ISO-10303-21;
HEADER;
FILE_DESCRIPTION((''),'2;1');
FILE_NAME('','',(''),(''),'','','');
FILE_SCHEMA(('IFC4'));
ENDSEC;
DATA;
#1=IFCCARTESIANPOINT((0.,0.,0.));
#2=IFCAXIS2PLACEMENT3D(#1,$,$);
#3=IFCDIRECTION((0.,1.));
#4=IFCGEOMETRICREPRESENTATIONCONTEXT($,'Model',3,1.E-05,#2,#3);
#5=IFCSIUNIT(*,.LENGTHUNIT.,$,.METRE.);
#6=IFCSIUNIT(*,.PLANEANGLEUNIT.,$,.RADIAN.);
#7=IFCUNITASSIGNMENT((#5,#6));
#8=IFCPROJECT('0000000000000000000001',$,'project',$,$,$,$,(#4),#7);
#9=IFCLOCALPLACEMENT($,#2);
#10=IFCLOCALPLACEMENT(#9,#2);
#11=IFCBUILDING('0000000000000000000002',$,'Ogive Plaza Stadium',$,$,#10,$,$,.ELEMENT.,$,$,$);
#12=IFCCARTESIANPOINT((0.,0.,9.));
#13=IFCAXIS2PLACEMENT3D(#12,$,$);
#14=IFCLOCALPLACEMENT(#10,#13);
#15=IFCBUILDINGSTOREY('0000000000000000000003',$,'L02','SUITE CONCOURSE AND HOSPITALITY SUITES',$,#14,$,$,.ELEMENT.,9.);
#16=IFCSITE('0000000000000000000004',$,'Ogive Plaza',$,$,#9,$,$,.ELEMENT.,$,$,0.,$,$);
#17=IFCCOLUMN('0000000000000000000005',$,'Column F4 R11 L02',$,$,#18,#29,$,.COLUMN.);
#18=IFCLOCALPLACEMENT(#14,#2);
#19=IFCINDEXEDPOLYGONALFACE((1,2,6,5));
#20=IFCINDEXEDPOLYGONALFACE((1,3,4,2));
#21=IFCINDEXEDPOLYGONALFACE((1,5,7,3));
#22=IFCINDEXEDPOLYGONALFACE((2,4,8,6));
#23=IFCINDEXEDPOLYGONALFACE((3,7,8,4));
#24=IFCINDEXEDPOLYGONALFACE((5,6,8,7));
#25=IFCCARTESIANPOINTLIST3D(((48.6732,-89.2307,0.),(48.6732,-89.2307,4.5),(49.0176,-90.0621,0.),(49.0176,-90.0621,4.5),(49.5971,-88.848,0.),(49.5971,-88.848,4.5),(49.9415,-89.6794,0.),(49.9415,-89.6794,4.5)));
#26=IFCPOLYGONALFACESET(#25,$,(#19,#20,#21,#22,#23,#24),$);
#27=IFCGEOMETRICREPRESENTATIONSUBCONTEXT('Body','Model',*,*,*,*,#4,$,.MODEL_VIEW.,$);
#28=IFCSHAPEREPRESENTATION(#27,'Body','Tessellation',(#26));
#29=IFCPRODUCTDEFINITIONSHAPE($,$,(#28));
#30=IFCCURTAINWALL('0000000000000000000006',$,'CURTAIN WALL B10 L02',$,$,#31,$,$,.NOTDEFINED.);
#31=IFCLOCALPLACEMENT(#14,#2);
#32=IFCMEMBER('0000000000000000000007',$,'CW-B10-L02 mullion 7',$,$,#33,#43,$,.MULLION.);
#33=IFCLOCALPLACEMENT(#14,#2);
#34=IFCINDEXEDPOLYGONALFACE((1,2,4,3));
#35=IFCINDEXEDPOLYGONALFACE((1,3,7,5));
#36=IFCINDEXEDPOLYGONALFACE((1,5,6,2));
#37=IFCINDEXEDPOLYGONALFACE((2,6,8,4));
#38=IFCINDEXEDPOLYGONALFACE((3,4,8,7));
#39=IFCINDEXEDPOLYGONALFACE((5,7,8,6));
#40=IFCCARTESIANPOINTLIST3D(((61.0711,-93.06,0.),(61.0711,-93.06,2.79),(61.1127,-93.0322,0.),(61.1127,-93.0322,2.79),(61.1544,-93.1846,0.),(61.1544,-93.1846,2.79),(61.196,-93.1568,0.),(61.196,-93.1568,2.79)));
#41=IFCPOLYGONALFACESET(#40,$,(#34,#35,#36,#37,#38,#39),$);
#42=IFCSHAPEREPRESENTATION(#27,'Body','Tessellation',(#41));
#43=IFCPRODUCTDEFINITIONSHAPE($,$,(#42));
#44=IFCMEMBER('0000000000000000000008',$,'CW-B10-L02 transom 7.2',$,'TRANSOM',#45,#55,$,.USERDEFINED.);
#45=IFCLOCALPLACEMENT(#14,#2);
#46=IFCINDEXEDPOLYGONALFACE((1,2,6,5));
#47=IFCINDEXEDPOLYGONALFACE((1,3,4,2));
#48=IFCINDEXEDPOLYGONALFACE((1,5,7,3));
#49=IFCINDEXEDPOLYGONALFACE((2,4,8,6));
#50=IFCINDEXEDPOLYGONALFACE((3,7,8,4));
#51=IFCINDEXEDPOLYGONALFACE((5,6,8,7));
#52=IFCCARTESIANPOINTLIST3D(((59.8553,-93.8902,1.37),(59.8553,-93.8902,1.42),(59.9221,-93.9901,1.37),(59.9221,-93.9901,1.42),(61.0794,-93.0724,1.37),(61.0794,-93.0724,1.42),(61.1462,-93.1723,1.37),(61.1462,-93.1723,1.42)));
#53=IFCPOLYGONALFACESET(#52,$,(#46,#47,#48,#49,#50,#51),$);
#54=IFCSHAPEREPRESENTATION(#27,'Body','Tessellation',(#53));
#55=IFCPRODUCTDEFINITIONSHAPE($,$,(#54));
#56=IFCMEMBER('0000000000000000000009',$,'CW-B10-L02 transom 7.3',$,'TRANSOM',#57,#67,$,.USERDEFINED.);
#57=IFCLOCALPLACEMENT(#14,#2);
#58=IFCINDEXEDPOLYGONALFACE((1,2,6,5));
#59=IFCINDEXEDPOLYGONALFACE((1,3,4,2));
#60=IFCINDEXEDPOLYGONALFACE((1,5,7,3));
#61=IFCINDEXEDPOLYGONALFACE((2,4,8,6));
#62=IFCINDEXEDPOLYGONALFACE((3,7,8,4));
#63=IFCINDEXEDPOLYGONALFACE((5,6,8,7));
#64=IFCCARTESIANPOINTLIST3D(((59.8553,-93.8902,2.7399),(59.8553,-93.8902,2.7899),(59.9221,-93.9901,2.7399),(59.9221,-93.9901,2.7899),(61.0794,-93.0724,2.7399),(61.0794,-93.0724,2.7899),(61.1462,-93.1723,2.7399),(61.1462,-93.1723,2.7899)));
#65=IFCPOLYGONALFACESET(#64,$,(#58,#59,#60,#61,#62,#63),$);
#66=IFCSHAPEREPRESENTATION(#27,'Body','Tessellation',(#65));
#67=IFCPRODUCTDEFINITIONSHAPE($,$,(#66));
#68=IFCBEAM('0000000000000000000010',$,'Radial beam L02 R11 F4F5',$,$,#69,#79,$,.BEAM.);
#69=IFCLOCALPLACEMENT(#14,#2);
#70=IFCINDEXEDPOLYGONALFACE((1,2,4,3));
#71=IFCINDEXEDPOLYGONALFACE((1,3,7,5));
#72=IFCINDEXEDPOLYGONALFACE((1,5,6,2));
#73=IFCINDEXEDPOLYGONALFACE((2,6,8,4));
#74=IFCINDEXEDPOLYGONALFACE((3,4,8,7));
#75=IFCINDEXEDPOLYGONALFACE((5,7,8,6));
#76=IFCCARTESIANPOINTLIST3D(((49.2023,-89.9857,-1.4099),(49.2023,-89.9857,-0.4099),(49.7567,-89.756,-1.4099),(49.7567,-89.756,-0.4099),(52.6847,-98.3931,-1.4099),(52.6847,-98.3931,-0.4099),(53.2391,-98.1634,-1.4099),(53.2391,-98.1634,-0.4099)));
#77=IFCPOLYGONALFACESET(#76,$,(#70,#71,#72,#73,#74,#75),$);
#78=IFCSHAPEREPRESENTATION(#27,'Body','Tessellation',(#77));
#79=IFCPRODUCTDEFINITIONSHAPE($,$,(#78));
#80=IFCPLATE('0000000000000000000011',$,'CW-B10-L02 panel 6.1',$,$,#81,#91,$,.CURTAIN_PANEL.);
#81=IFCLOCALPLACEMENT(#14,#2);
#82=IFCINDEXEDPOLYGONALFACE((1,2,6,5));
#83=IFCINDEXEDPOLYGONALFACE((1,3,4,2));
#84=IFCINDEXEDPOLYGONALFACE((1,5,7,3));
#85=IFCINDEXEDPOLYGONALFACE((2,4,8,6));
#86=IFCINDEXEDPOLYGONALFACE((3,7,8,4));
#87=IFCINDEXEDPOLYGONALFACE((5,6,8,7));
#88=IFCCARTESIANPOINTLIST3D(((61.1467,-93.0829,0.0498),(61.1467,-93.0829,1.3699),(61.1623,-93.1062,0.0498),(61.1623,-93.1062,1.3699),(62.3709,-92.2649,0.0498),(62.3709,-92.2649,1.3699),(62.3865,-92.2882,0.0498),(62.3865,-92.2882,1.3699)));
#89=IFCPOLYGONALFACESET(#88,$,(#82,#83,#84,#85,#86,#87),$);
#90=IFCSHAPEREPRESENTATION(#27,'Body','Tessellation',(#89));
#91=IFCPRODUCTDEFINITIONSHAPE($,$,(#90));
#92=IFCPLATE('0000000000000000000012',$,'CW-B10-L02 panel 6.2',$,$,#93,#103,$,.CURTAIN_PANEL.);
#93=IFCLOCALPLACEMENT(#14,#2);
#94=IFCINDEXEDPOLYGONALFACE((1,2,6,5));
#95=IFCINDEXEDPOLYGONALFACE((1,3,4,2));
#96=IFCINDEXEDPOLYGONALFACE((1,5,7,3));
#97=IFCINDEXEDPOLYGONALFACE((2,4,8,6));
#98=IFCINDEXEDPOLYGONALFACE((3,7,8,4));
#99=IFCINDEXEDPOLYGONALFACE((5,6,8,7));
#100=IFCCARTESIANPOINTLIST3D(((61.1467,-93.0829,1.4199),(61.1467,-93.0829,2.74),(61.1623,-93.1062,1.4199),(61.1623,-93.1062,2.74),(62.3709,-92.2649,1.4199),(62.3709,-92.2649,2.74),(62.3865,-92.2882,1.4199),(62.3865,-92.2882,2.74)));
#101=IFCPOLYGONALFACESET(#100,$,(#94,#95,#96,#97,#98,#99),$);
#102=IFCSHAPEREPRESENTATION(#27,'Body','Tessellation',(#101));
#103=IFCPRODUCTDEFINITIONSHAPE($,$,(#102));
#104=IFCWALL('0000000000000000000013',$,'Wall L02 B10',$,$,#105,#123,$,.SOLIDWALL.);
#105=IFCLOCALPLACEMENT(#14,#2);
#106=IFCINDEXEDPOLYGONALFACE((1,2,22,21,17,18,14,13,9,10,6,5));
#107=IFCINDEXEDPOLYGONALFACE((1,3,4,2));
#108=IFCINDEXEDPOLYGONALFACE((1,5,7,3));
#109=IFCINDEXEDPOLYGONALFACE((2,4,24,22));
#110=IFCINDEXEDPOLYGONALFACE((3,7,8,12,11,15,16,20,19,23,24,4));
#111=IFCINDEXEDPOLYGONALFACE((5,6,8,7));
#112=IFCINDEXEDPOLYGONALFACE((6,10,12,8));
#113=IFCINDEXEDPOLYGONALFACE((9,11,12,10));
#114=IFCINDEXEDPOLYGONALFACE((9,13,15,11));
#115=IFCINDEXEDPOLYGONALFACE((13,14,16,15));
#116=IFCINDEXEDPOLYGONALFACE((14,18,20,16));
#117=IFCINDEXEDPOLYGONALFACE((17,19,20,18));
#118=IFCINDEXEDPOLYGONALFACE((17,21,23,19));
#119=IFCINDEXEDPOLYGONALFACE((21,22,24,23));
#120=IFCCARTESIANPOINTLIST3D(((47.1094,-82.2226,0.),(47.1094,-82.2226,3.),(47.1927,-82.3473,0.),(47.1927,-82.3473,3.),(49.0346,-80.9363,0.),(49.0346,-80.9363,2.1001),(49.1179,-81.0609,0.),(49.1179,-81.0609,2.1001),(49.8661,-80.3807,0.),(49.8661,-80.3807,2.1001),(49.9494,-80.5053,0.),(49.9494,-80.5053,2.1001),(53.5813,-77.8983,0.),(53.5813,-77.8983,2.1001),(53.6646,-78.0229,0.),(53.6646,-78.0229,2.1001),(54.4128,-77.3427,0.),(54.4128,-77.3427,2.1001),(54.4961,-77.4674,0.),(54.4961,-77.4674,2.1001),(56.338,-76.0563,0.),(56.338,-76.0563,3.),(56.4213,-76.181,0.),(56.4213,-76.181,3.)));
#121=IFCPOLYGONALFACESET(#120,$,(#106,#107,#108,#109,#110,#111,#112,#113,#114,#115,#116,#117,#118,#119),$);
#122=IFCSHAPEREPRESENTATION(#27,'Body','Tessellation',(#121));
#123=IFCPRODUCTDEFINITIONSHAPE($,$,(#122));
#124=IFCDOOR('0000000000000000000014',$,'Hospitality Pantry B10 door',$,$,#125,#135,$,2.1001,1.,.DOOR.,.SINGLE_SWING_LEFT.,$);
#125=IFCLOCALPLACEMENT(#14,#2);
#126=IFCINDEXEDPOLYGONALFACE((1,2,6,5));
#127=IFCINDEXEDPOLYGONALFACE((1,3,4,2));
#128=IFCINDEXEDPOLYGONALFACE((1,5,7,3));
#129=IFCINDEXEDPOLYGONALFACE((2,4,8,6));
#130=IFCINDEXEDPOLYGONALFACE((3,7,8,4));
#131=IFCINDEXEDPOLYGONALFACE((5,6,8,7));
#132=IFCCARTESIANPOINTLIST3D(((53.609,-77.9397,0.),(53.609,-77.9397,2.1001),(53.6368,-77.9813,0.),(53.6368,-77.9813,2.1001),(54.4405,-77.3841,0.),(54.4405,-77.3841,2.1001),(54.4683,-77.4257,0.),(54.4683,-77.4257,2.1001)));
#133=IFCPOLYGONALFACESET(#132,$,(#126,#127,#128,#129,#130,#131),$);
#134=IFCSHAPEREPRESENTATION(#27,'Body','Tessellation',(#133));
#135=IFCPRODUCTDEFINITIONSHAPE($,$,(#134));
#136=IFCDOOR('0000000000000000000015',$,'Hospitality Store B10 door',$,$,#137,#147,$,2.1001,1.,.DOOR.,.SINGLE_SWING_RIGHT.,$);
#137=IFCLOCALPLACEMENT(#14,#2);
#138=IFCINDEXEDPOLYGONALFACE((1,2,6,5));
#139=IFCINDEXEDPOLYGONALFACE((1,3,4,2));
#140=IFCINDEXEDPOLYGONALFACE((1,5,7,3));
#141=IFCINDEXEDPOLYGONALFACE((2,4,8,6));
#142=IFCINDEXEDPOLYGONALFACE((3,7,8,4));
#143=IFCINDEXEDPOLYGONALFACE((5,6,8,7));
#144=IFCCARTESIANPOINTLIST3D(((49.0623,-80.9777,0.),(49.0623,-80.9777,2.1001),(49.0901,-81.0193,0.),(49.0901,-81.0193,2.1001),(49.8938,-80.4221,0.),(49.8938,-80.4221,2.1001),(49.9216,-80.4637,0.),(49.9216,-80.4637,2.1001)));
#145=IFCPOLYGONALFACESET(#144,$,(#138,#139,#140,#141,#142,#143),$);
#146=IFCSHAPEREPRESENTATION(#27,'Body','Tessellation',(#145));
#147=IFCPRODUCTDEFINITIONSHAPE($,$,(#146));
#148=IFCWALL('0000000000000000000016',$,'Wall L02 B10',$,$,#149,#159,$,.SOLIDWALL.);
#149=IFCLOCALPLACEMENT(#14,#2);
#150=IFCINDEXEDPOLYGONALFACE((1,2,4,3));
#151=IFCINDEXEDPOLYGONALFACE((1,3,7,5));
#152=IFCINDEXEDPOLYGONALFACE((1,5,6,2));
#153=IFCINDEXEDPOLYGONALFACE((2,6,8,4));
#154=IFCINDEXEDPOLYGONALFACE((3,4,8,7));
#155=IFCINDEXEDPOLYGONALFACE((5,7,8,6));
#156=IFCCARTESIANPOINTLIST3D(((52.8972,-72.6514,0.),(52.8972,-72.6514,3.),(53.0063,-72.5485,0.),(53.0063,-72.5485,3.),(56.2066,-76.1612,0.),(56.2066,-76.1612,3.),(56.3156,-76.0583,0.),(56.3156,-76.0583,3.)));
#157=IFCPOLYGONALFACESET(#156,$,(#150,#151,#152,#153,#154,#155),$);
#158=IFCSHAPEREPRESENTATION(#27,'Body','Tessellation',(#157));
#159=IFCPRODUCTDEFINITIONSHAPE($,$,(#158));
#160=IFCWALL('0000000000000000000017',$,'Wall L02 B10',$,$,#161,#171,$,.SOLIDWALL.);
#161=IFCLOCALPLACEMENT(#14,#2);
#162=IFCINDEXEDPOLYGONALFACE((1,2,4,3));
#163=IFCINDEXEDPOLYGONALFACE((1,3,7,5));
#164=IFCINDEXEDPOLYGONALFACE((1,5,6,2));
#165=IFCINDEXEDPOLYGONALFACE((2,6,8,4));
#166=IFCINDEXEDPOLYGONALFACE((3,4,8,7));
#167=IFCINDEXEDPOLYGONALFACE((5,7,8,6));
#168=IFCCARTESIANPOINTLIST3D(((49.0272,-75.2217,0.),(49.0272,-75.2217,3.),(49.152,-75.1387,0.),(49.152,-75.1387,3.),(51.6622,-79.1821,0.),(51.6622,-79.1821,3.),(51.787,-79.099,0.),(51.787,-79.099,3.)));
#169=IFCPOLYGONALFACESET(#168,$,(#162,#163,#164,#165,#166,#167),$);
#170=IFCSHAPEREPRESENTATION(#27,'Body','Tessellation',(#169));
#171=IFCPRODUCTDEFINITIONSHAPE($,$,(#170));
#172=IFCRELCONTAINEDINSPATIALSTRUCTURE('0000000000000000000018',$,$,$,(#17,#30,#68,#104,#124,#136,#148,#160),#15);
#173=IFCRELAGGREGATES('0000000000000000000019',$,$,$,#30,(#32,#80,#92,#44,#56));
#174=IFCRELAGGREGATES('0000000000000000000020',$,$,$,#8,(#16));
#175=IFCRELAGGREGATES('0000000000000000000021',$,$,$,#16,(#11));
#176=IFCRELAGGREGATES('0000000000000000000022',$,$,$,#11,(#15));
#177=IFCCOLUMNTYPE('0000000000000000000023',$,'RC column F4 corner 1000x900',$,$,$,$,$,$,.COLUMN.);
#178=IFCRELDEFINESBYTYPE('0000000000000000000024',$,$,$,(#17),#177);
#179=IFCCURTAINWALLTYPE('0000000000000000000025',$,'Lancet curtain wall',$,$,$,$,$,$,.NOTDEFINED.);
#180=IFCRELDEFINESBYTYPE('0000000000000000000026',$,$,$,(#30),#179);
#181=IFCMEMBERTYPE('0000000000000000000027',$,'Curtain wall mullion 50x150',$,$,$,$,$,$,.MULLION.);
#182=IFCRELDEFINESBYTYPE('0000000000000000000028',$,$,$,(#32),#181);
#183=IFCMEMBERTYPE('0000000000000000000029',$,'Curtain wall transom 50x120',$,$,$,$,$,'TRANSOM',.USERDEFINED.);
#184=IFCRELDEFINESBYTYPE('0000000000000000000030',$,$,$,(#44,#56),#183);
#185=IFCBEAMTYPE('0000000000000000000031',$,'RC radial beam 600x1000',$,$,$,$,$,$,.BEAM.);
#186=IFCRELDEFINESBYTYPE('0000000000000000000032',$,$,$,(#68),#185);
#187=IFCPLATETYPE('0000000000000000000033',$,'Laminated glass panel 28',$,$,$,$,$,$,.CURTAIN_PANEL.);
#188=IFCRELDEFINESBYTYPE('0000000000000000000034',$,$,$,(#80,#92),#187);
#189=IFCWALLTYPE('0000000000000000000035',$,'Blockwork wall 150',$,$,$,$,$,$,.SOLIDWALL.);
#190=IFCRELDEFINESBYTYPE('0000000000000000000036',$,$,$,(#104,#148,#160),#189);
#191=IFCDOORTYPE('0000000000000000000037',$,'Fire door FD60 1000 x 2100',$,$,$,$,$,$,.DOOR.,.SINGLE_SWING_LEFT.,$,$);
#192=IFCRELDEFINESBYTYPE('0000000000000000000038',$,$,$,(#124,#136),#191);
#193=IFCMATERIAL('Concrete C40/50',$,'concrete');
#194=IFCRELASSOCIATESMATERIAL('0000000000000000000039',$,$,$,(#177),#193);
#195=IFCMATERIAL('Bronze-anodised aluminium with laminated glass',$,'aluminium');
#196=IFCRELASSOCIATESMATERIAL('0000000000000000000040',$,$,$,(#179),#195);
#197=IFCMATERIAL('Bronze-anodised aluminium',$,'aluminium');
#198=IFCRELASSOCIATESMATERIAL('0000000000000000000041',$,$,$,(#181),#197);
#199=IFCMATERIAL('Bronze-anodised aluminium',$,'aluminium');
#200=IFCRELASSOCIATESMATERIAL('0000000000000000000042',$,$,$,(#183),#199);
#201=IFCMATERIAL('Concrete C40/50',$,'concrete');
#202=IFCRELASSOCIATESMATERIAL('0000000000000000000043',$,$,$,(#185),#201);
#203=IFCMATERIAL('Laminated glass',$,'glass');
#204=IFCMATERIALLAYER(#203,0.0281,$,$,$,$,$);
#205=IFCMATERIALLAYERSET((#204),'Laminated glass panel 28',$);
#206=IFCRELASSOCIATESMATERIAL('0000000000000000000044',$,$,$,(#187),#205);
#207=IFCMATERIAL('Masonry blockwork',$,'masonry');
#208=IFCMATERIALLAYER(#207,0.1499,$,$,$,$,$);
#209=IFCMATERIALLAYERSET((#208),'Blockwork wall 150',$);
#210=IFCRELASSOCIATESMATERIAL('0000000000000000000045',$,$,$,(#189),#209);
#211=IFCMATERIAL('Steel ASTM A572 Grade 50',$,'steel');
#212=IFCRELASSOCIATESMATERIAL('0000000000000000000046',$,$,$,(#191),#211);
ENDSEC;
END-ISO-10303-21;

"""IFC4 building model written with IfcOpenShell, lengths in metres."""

from ifc_helpers import new_model, si_unit, direction, frame, frame_2d, origin, origin_2d, place, context, subcontext, project, spatial, rectangle, extrude, material, layer, layer_set, material_profile, profile_set, type_object, element, fill, aggregate, save


model = new_model("IFC4")

# Units and contexts
model_context = context("Model", 3, precision=1e-05, world=origin(), true_north=direction((0.0, 1.0)))
body_context = subcontext(model_context, "Body", "Model", "MODEL_VIEW")
ifc_project = project(units=[si_unit("LENGTHUNIT", "METRE"), si_unit("PLANEANGLEUNIT", "RADIAN")], contexts=[model_context])

# Site, building, storey
site_placement = place(None, origin())
site = spatial("IfcSite", under=ifc_project, at=site_placement, Name="Ogive Plaza", CompositionType="ELEMENT", RefElevation=0.0)
building_placement = place(site_placement, origin())
building = spatial("IfcBuilding", under=site, at=building_placement, Name="Ogive Plaza Stadium", CompositionType="ELEMENT")
storey_placement = place(building_placement, frame((0.0, 0.0, 9.0)))
storey = spatial("IfcBuildingStorey", under=building, at=storey_placement, Name="L02", Description="SUITE CONCOURSE AND HOSPITALITY SUITES", CompositionType="ELEMENT", Elevation=9.0)

# Column
ifc_material_1 = material(Name="Concrete C40/50", Category="concrete")
ifc_material_profile_1 = material_profile(ifc_material_1, rectangle(XDim=1.0, YDim=0.8999, at=origin_2d()), Name="RC 1000x900")
ifc_profile_set_1 = profile_set([ifc_material_profile_1], Name="Concrete C40/50")
column_type = type_object("IfcColumnType", Name="RC column F4 corner 1000x900", PredefinedType="COLUMN", material=ifc_profile_set_1)
column_placement = place(storey_placement, frame((49.3074, -89.4551, 0.0), z_axis=(0.0, 0.0, 1.0), x_axis=(0.92388, 0.382683, 0.0)))
element("IfcColumn", 1, at=column_placement, inside=storey, type_object=column_type, Name="Column F4 R11 L02", PredefinedType="COLUMN", context=body_context, shape_type="SweptSolid", body=[
    extrude(rectangle(XDim=1.0, YDim=0.8999, at=origin_2d()), origin(), (0.0, 0.0, 1.0), 4.5),
])

# Curtain wall, members
ifc_material_2 = material(Name="Bronze-anodised aluminium with laminated glass", Category="aluminium")
curtain_wall_type = type_object("IfcCurtainWallType", Name="Lancet curtain wall", PredefinedType="NOTDEFINED", material=ifc_material_2)
curtain_wall_placement = place(storey_placement, origin())
curtain_wall = element("IfcCurtainWall", 2, at=curtain_wall_placement, inside=storey, type_object=curtain_wall_type, Name="CURTAIN WALL B10 L02", PredefinedType="NOTDEFINED")
ifc_material_3 = material(Name="Bronze-anodised aluminium", Category="aluminium")
ifc_material_profile_2 = material_profile(ifc_material_3, rectangle(XDim=0.1499, YDim=0.05, at=origin_2d()), Name="AL 150x50")
ifc_profile_set_2 = profile_set([ifc_material_profile_2], Name="Bronze-anodised aluminium")
member_type_1 = type_object("IfcMemberType", Name="Curtain wall mullion 50x150", PredefinedType="MULLION", material=ifc_profile_set_2)
member_1_placement = place(storey_placement, frame((61.1335, -93.1084, 0.0), z_axis=(0.0, 0.0, 1.0), x_axis=(0.55557, -0.83147, 0.0)))
member_1 = element("IfcMember", 3, at=member_1_placement, type_object=member_type_1, Name="CW-B10-L02 mullion 7", PredefinedType="MULLION", context=body_context, shape_type="SweptSolid", body=[
    extrude(rectangle(XDim=0.1499, YDim=0.05, at=origin_2d()), origin(), (0.0, 0.0, 1.0), 2.79),
])
ifc_material_4 = material(Name="Bronze-anodised aluminium", Category="aluminium")
ifc_material_profile_3 = material_profile(ifc_material_4, rectangle(XDim=0.1201, YDim=0.05, at=origin_2d()), Name="AL 120x50")
ifc_profile_set_3 = profile_set([ifc_material_profile_3], Name="Bronze-anodised aluminium")
member_type_2 = type_object("IfcMemberType", Name="Curtain wall transom 50x120", ElementType="TRANSOM", PredefinedType="USERDEFINED", material=ifc_profile_set_3)
member_2_placement = place(storey_placement, frame((61.1128, -93.1223, 1.395), z_axis=(-0.831489, -0.555542, 0.0), x_axis=(0.555542, -0.831489, 0.0)))
member_2 = element("IfcMember", 4, at=member_2_placement, type_object=member_type_2, Name="CW-B10-L02 transom 7.2", ObjectType="TRANSOM", PredefinedType="USERDEFINED", context=body_context, shape_type="SweptSolid", body=[
    extrude(rectangle(XDim=0.1201, YDim=0.05, at=origin_2d()), origin(), (0.0, 0.0, 1.0), 1.4722),
])
member_3_placement = place(storey_placement, frame((61.1128, -93.1223, 2.7649), z_axis=(-0.831489, -0.555542, 0.0), x_axis=(0.555542, -0.831489, 0.0)))
member_3 = element("IfcMember", 5, at=member_3_placement, type_object=member_type_2, Name="CW-B10-L02 transom 7.3", ObjectType="TRANSOM", PredefinedType="USERDEFINED", context=body_context, shape_type="SweptSolid", body=[
    extrude(rectangle(XDim=0.1201, YDim=0.05, at=origin_2d()), origin(), (0.0, 0.0, 1.0), 1.4722),
])

# Beam
ifc_material_5 = material(Name="Concrete C40/50", Category="concrete")
ifc_material_profile_4 = material_profile(ifc_material_5, rectangle(XDim=0.6001, YDim=1.0, at=origin_2d()), Name="RC 600x1000")
ifc_profile_set_4 = profile_set([ifc_material_profile_4], Name="Concrete C40/50")
beam_type = type_object("IfcBeamType", Name="RC radial beam 600x1000", PredefinedType="BEAM", material=ifc_profile_set_4)
beam_placement = place(storey_placement, frame((49.4795, -89.8708, -0.9099), z_axis=(0.382677, -0.923882, 0.0), x_axis=(0.923882, 0.382677, 0.0)))
element("IfcBeam", 6, at=beam_placement, inside=storey, type_object=beam_type, Name="Radial beam L02 R11 F4F5", PredefinedType="BEAM", context=body_context, shape_type="SweptSolid", body=[
    extrude(rectangle(XDim=0.6001, YDim=1.0, at=origin_2d()), origin(), (0.0, 0.0, 1.0), 9.1001),
])

# Plates
ifc_material_6 = material(Name="Laminated glass", Category="glass")
ifc_layer_1 = layer(ifc_material_6, 0.0281)
ifc_layer_set_1 = layer_set([ifc_layer_1], Name="Laminated glass panel 28")
plate_type = type_object("IfcPlateType", Name="Laminated glass panel 28", PredefinedType="CURTAIN_PANEL", material=ifc_layer_set_1)
plate_1_placement = place(storey_placement, frame((61.7666, -92.6855, 0.0498), z_axis=(0.0, 0.0, 1.0), x_axis=(-0.83147, -0.55557, 0.0)))
plate_1 = element("IfcPlate", 7, at=plate_1_placement, type_object=plate_type, Name="CW-B10-L02 panel 6.1", PredefinedType="CURTAIN_PANEL", context=body_context, shape_type="SweptSolid", body=[
    extrude(rectangle(XDim=1.4724, YDim=0.0281, at=origin_2d()), origin(), (0.0, 0.0, 1.0), 1.3201),
])
plate_2_placement = place(storey_placement, frame((61.7666, -92.6855, 1.4199), z_axis=(0.0, 0.0, 1.0), x_axis=(-0.83147, -0.55557, 0.0)))
plate_2 = element("IfcPlate", 8, at=plate_2_placement, type_object=plate_type, Name="CW-B10-L02 panel 6.2", PredefinedType="CURTAIN_PANEL", context=body_context, shape_type="SweptSolid", body=[
    extrude(rectangle(XDim=1.4724, YDim=0.0281, at=origin_2d()), origin(), (0.0, 0.0, 1.0), 1.3201),
])
aggregate(curtain_wall, [member_1, plate_1, plate_2, member_2, member_3])

# Wall, openings, doors
ifc_material_7 = material(Name="Masonry blockwork", Category="masonry")
ifc_layer_2 = layer(ifc_material_7, 0.1499)
ifc_layer_set_2 = layer_set([ifc_layer_2], Name="Blockwork wall 150")
wall_type_1 = type_object("IfcWallType", Name="Blockwork wall 150", PredefinedType="SOLIDWALL", material=ifc_layer_set_2)
wall_1_placement = place(storey_placement, frame((56.3796, -76.1187, 0.0), z_axis=(0.0, 0.0, 1.0), x_axis=(-0.831471, -0.555568, 0.0)))
wall_1 = element("IfcWall", 9, at=wall_1_placement, inside=storey, type_object=wall_type_1, Name="Wall L02 B10", PredefinedType="SOLIDWALL", context=body_context, shape_type="SweptSolid", body=[
    extrude(rectangle(XDim=11.0991, YDim=0.1499, at=frame_2d((5.5496, 0.0))), origin(), (0.0, 0.0, 1.0), 3.0),
])
opening_1_placement = place(wall_1_placement, frame((2.3154, 0.0, 0.0)))
opening_1 = element("IfcOpeningElement", 10, at=opening_1_placement, cuts=wall_1, PredefinedType="OPENING", context=body_context, shape_type="SweptSolid", body=[
    extrude(rectangle(XDim=1.0, YDim=2.1001, at=frame_2d((0.5, 1.05))), frame((0.0, 0.075, 0.0), z_axis=(0.0, -1.0, 0.0), x_axis=(1.0, 0.0, 0.0)), (0.0, 0.0, 1.0), 0.1499),
])
opening_2_placement = place(wall_1_placement, frame((7.7837, 0.0, 0.0)))
opening_2 = element("IfcOpeningElement", 11, at=opening_2_placement, cuts=wall_1, PredefinedType="OPENING", context=body_context, shape_type="SweptSolid", body=[
    extrude(rectangle(XDim=1.0, YDim=2.1001, at=frame_2d((0.5, 1.05))), frame((0.0, 0.075, 0.0), z_axis=(0.0, -1.0, 0.0), x_axis=(1.0, 0.0, 0.0)), (0.0, 0.0, 1.0), 0.1499),
])
ifc_material_8 = material(Name="Steel ASTM A572 Grade 50", Category="steel")
door_type_1 = type_object("IfcDoorType", Name="Fire door FD60 1000 x 2100", OperationType="SINGLE_SWING_LEFT", PredefinedType="DOOR", material=ifc_material_8)
door_1_placement = place(opening_1_placement, origin())
door_1 = element("IfcDoor", 12, at=door_1_placement, inside=storey, type_object=door_type_1, Name="Hospitality Pantry B10 door", OperationType="SINGLE_SWING_LEFT", OverallHeight=2.1001, OverallWidth=1.0, PredefinedType="DOOR", context=body_context, shape_type="SweptSolid", body=[
    extrude(rectangle(XDim=1.0, YDim=2.1001, at=frame_2d((0.5, 1.05))), frame((0.0, 0.0249, 0.0), z_axis=(0.0, -1.0, 0.0), x_axis=(1.0, 0.0, 0.0)), (0.0, 0.0, 1.0), 0.05),
])
fill(opening_1, door_1)
door_2_placement = place(opening_2_placement, origin())
door_2 = element("IfcDoor", 13, at=door_2_placement, inside=storey, type_object=door_type_1, Name="Hospitality Store B10 door", OperationType="SINGLE_SWING_RIGHT", OverallHeight=2.1001, OverallWidth=1.0, PredefinedType="DOOR", context=body_context, shape_type="SweptSolid", body=[
    extrude(rectangle(XDim=1.0, YDim=2.1001, at=frame_2d((0.5, 1.05))), frame((0.0, 0.0249, 0.0), z_axis=(0.0, -1.0, 0.0), x_axis=(1.0, 0.0, 0.0)), (0.0, 0.0, 1.0), 0.05),
])
fill(opening_2, door_2)

# Walls
wall_2_placement = place(storey_placement, frame((52.9517, -72.5999, 0.0), z_axis=(0.0, 0.0, 1.0), x_axis=(0.686026, -0.727577, 0.0)))
element("IfcWall", 14, at=wall_2_placement, inside=storey, type_object=wall_type_1, Name="Wall L02 B10", PredefinedType="SOLIDWALL", context=body_context, shape_type="SweptSolid", body=[
    extrude(rectangle(XDim=4.824, YDim=0.1499, at=frame_2d((2.4121, 0.0))), origin(), (0.0, 0.0, 1.0), 3.0),
])
wall_3_placement = place(storey_placement, frame((49.0896, -75.1802, 0.0), z_axis=(0.0, 0.0, 1.0), x_axis=(0.55393, -0.832563, 0.0)))
element("IfcWall", 15, at=wall_3_placement, inside=storey, type_object=wall_type_1, Name="Wall L02 B10", PredefinedType="SOLIDWALL", context=body_context, shape_type="SweptSolid", body=[
    extrude(rectangle(XDim=4.7568, YDim=0.1499, at=frame_2d((2.3784, 0.0))), origin(), (0.0, 0.0, 1.0), 3.0),
])

save(model, "model.ifc")
